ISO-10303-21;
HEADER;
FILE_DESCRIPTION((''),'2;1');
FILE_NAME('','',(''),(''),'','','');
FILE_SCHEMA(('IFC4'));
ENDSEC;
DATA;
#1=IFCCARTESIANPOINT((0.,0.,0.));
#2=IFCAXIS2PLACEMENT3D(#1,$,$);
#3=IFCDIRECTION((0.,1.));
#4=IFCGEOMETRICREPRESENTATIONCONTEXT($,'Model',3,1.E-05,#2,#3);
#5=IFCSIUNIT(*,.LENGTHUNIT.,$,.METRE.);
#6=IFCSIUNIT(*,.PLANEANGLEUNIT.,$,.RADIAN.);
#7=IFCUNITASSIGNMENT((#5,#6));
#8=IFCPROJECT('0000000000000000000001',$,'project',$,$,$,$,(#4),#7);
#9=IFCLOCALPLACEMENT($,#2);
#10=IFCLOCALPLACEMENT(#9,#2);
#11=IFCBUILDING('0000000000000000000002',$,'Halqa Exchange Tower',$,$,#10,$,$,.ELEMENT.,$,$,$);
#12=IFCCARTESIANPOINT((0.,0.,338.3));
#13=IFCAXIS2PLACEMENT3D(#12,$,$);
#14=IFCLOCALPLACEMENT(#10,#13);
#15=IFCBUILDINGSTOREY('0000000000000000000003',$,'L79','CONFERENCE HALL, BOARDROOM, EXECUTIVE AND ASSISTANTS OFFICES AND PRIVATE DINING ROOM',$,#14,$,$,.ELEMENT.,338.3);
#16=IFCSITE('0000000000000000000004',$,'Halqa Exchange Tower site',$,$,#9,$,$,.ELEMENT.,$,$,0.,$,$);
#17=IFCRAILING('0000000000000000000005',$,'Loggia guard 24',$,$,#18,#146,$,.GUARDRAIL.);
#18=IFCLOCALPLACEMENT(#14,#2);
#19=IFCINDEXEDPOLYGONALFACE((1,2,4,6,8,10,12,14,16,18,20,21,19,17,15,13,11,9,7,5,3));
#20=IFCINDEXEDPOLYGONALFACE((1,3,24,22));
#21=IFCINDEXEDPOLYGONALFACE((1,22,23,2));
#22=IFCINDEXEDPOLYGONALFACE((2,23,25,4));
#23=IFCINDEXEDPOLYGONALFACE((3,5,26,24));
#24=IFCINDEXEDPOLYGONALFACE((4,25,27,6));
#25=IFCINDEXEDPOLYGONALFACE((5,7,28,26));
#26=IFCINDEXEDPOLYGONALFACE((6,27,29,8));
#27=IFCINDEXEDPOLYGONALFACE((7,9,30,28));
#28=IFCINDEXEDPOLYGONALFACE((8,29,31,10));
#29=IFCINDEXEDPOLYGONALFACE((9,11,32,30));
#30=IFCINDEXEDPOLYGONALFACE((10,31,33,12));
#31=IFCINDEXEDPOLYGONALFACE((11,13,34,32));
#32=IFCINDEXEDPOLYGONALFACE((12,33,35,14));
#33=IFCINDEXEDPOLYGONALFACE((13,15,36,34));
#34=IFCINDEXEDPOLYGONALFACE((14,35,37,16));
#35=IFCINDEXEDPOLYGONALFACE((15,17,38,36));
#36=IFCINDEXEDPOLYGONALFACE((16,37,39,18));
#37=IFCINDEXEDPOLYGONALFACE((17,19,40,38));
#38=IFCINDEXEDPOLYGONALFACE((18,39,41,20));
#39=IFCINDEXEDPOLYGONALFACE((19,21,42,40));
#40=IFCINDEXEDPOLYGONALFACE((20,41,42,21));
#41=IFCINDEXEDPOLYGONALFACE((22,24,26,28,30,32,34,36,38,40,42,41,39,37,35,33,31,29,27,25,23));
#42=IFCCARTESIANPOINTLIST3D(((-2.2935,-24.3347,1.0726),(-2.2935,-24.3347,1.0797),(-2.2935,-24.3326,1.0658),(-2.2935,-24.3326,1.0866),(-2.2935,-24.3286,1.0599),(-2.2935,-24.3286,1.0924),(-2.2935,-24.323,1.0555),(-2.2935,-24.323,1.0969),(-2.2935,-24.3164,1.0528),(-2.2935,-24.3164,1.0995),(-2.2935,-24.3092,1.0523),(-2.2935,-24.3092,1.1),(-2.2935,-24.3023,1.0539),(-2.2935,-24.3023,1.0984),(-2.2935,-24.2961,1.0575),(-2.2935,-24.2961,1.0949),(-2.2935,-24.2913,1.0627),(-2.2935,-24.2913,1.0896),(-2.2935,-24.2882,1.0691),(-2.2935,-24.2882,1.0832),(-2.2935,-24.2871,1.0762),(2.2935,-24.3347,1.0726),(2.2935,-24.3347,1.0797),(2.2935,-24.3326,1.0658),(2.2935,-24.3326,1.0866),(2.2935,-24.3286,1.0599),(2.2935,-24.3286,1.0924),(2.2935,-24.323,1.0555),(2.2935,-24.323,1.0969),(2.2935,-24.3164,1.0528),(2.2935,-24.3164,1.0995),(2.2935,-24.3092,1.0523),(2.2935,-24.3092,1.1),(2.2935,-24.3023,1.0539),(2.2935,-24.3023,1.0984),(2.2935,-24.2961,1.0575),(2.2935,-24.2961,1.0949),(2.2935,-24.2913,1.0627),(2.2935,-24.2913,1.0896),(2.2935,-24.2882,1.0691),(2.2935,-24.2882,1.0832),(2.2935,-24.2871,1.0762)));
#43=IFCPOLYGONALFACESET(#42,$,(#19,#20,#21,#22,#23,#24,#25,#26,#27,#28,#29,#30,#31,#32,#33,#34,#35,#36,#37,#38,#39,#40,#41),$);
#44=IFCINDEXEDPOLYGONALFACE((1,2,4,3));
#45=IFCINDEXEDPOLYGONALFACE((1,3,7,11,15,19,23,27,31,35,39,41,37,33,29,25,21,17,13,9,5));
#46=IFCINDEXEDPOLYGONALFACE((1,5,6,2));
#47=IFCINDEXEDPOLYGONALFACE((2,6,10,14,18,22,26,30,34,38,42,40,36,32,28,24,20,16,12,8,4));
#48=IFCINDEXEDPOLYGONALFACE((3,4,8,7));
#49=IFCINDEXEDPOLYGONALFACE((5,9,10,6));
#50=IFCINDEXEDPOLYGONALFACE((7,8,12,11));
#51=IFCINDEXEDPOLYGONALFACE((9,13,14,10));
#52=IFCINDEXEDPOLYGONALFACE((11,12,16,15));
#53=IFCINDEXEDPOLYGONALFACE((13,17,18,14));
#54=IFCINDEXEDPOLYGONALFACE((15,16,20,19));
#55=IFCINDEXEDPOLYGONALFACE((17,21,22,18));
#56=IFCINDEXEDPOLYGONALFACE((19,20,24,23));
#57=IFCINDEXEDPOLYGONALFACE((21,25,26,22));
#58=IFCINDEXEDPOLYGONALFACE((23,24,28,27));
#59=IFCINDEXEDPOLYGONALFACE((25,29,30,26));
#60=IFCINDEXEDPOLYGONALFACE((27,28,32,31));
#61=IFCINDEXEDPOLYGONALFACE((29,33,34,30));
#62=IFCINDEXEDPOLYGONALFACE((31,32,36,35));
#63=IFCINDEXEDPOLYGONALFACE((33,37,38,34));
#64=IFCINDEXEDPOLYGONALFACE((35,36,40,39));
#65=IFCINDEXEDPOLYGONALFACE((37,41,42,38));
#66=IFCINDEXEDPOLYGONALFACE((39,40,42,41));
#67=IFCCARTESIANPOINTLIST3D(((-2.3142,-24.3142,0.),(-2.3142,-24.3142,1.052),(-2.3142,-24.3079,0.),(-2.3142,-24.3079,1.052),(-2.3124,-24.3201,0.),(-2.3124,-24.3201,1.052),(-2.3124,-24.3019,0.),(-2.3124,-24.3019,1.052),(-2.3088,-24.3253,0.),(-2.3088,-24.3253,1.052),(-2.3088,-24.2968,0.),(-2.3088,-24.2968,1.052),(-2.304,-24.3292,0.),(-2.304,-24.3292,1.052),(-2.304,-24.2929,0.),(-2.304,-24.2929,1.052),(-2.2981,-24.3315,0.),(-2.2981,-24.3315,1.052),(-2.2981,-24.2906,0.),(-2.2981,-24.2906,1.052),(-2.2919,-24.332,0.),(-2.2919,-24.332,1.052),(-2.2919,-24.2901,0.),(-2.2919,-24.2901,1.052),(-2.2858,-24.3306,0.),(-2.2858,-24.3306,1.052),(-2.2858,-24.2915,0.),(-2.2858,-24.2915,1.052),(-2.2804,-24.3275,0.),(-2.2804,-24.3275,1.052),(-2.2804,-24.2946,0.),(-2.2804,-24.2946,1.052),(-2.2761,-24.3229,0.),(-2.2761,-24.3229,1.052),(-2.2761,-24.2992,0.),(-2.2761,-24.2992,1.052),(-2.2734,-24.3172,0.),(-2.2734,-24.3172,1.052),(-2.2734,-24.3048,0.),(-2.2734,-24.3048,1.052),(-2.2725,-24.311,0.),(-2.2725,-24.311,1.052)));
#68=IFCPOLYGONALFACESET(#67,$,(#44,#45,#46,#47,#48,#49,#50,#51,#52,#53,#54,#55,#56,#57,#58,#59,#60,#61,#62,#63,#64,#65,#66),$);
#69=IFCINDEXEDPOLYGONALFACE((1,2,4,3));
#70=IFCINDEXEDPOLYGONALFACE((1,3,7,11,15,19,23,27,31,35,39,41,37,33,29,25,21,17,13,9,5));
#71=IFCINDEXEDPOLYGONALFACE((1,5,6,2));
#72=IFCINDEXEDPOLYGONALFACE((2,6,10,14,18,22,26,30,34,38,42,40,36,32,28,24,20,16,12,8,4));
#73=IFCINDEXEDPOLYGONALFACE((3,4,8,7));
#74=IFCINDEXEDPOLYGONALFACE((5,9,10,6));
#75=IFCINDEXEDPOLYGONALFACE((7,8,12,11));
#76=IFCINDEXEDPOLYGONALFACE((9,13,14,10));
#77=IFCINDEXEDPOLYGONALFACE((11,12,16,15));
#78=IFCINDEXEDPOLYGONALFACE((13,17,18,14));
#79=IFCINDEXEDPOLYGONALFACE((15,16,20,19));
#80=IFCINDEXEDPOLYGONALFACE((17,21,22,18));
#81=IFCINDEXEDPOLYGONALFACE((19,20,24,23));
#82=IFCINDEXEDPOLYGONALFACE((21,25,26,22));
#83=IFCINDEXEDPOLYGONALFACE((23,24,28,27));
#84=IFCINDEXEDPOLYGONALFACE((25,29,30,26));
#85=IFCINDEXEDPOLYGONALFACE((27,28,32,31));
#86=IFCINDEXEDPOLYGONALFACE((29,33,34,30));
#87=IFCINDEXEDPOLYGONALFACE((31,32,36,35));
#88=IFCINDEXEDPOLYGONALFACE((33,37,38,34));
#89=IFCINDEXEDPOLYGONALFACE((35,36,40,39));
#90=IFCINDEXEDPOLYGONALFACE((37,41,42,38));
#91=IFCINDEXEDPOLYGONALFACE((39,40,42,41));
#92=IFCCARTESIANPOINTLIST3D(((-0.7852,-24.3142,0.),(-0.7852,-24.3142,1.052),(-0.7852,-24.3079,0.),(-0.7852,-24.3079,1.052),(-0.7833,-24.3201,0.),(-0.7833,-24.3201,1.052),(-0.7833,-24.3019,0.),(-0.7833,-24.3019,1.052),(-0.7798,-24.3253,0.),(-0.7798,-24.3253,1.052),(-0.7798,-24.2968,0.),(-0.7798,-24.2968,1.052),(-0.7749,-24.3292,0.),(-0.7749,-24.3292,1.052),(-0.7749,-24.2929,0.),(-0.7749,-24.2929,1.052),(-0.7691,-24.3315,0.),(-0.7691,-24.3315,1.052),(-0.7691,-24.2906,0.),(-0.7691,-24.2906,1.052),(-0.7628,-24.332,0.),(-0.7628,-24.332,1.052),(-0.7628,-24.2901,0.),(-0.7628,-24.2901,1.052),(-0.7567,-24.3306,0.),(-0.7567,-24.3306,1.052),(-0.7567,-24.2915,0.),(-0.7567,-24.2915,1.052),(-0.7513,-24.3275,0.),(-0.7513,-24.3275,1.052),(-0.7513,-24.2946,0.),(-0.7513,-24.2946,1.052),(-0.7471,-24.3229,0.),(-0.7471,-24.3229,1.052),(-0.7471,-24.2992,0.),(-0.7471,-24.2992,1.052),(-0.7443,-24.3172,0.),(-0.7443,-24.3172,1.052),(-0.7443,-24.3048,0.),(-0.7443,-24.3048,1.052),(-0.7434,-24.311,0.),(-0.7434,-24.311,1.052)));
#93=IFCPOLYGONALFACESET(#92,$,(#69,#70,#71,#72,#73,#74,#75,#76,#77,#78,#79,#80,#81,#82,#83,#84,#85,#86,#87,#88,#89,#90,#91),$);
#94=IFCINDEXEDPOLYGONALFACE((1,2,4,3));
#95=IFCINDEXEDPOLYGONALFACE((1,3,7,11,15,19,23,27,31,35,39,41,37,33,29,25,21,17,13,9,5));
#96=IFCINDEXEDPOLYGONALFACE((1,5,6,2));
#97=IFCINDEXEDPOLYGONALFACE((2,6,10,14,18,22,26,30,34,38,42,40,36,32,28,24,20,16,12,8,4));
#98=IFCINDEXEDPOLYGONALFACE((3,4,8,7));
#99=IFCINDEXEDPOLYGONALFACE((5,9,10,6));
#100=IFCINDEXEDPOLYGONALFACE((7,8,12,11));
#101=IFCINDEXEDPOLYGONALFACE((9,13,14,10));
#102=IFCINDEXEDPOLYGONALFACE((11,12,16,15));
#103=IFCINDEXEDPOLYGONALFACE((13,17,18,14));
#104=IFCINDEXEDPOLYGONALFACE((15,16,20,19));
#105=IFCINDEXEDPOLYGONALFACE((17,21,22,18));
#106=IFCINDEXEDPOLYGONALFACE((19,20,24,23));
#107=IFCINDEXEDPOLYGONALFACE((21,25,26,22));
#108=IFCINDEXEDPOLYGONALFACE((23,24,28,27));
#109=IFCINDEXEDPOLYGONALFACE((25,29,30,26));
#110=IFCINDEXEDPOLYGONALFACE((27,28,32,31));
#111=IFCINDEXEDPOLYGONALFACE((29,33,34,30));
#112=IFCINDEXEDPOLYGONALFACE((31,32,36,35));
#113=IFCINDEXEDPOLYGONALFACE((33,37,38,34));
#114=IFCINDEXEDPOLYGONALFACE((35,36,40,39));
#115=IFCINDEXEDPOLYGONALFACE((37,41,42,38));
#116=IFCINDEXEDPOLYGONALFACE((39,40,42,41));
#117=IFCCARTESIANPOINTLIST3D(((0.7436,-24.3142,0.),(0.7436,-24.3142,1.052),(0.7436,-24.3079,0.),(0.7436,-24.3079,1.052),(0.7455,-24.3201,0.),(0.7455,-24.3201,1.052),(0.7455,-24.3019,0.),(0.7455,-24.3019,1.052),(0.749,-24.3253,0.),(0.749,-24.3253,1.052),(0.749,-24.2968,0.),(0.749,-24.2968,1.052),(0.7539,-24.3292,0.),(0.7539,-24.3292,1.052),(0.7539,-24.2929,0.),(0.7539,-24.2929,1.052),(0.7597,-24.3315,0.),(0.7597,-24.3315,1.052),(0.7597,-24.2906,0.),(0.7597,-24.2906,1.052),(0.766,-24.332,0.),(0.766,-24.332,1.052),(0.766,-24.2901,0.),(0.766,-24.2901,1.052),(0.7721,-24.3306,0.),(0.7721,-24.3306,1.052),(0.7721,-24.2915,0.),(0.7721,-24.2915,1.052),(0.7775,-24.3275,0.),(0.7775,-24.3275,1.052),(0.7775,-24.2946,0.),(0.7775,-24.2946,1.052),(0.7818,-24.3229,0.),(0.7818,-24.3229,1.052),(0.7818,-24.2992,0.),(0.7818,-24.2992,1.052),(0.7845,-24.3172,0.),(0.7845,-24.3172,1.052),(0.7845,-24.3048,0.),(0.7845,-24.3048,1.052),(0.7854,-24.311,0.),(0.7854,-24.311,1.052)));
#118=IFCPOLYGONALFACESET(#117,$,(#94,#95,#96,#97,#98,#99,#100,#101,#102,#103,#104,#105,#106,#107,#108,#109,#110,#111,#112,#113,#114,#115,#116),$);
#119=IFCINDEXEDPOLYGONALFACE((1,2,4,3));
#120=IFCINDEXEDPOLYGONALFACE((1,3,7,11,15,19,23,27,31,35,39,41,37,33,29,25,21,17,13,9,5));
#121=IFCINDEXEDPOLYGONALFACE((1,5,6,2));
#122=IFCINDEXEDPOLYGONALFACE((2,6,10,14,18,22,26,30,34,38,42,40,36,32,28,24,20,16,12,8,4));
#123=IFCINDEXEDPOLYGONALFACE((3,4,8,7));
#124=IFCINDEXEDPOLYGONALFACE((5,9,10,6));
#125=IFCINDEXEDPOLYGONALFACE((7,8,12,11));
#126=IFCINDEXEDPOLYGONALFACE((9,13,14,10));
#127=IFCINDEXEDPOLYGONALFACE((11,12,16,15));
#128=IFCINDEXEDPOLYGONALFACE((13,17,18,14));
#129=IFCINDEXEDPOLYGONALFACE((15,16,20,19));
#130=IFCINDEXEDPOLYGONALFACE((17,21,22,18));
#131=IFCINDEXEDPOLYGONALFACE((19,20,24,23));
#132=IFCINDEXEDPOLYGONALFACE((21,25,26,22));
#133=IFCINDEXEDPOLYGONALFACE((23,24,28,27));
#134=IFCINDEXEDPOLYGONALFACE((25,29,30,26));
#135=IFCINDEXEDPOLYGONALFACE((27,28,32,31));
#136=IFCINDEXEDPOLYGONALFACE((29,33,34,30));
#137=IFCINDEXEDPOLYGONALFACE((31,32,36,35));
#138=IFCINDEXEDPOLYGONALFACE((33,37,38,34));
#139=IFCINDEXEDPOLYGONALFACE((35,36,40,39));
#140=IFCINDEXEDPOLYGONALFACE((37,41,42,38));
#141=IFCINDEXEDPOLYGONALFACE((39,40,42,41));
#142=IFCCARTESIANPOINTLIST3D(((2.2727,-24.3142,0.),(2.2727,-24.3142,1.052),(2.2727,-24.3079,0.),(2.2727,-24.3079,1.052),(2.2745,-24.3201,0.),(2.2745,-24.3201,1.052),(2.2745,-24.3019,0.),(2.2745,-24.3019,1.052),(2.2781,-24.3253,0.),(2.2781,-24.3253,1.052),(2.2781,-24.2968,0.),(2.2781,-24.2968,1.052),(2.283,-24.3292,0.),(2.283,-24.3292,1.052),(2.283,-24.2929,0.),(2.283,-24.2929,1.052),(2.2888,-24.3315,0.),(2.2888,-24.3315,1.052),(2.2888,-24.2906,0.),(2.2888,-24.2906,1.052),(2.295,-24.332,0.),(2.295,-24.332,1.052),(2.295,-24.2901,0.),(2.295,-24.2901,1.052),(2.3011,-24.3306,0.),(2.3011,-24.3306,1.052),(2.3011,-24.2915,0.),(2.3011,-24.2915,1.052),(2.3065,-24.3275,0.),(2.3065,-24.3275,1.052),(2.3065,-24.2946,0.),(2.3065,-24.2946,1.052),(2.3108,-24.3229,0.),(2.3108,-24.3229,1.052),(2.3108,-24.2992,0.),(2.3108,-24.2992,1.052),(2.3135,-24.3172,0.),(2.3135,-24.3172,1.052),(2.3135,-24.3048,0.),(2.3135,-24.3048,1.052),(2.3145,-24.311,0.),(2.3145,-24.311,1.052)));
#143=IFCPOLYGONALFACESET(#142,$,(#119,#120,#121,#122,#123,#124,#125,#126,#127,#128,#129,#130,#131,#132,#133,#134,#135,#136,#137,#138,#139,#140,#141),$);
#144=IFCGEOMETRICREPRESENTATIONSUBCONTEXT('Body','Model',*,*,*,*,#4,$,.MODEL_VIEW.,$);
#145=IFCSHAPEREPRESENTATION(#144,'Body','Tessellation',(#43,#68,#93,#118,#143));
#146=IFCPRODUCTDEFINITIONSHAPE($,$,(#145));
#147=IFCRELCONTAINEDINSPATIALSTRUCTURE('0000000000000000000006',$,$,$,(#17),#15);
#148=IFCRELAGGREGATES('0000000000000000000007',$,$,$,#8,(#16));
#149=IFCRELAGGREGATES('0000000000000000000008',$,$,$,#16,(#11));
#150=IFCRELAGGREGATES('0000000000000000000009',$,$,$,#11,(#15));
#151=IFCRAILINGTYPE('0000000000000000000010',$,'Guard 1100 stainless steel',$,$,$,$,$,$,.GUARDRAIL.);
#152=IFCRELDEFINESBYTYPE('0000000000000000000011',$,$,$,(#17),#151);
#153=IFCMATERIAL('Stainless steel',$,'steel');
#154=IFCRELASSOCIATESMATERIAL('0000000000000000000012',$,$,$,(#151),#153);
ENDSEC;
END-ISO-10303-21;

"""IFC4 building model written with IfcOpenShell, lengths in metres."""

from ifc_helpers import new_model, si_unit, direction, frame, origin, origin_2d, place, context, subcontext, project, spatial, circle, extrude, material, type_object, element, save


model = new_model("IFC4")

# Units and contexts
model_context = context("Model", 3, precision=1e-05, world=origin(), true_north=direction((0.0, 1.0)))
body_context = subcontext(model_context, "Body", "Model", "MODEL_VIEW")
ifc_project = project(units=[si_unit("LENGTHUNIT", "METRE"), si_unit("PLANEANGLEUNIT", "RADIAN")], contexts=[model_context])

# Site, building, storey
site_placement = place(None, origin())
site = spatial("IfcSite", under=ifc_project, at=site_placement, Name="Halqa Exchange Tower site", CompositionType="ELEMENT", RefElevation=0.0)
building_placement = place(site_placement, origin())
building = spatial("IfcBuilding", under=site, at=building_placement, Name="Halqa Exchange Tower", CompositionType="ELEMENT")
storey_placement = place(building_placement, frame((0.0, 0.0, 338.3)))
storey = spatial("IfcBuildingStorey", under=building, at=storey_placement, Name="L79", Description="CONFERENCE HALL, BOARDROOM, EXECUTIVE AND ASSISTANTS OFFICES AND PRIVATE DINING ROOM", CompositionType="ELEMENT", Elevation=338.3)

# Railing
ifc_material_1 = material(Name="Stainless steel", Category="steel")
railing_type = type_object("IfcRailingType", Name="Guard 1100 stainless steel", PredefinedType="GUARDRAIL", material=ifc_material_1)
railing_1_placement = place(storey_placement, frame((-2.2935, -24.311, 0.0)))
element("IfcRailing", 1, at=railing_1_placement, inside=storey, type_object=railing_type, Name="Loggia guard 24", PredefinedType="GUARDRAIL", context=body_context, shape_type="SweptSolid", body=[
    extrude(circle(Radius=0.0239, at=origin_2d()), frame((0.0, 0.0, 1.0762), z_axis=(1.0, 0.0, 0.0), x_axis=(0.0, 1.0, 0.0)), (0.0, 0.0, 1.0), 4.5869),
    extrude(circle(Radius=0.021, at=origin_2d()), origin(), (0.0, 0.0, 1.0), 1.052),
    extrude(circle(Radius=0.021, at=origin_2d()), frame((1.5291, 0.0, 0.0)), (0.0, 0.0, 1.0), 1.052),
    extrude(circle(Radius=0.021, at=origin_2d()), frame((3.0579, 0.0, 0.0)), (0.0, 0.0, 1.0), 1.052),
    extrude(circle(Radius=0.021, at=origin_2d()), frame((4.5869, 0.0, 0.0)), (0.0, 0.0, 1.0), 1.052),
])

save(model, "model.ifc")
